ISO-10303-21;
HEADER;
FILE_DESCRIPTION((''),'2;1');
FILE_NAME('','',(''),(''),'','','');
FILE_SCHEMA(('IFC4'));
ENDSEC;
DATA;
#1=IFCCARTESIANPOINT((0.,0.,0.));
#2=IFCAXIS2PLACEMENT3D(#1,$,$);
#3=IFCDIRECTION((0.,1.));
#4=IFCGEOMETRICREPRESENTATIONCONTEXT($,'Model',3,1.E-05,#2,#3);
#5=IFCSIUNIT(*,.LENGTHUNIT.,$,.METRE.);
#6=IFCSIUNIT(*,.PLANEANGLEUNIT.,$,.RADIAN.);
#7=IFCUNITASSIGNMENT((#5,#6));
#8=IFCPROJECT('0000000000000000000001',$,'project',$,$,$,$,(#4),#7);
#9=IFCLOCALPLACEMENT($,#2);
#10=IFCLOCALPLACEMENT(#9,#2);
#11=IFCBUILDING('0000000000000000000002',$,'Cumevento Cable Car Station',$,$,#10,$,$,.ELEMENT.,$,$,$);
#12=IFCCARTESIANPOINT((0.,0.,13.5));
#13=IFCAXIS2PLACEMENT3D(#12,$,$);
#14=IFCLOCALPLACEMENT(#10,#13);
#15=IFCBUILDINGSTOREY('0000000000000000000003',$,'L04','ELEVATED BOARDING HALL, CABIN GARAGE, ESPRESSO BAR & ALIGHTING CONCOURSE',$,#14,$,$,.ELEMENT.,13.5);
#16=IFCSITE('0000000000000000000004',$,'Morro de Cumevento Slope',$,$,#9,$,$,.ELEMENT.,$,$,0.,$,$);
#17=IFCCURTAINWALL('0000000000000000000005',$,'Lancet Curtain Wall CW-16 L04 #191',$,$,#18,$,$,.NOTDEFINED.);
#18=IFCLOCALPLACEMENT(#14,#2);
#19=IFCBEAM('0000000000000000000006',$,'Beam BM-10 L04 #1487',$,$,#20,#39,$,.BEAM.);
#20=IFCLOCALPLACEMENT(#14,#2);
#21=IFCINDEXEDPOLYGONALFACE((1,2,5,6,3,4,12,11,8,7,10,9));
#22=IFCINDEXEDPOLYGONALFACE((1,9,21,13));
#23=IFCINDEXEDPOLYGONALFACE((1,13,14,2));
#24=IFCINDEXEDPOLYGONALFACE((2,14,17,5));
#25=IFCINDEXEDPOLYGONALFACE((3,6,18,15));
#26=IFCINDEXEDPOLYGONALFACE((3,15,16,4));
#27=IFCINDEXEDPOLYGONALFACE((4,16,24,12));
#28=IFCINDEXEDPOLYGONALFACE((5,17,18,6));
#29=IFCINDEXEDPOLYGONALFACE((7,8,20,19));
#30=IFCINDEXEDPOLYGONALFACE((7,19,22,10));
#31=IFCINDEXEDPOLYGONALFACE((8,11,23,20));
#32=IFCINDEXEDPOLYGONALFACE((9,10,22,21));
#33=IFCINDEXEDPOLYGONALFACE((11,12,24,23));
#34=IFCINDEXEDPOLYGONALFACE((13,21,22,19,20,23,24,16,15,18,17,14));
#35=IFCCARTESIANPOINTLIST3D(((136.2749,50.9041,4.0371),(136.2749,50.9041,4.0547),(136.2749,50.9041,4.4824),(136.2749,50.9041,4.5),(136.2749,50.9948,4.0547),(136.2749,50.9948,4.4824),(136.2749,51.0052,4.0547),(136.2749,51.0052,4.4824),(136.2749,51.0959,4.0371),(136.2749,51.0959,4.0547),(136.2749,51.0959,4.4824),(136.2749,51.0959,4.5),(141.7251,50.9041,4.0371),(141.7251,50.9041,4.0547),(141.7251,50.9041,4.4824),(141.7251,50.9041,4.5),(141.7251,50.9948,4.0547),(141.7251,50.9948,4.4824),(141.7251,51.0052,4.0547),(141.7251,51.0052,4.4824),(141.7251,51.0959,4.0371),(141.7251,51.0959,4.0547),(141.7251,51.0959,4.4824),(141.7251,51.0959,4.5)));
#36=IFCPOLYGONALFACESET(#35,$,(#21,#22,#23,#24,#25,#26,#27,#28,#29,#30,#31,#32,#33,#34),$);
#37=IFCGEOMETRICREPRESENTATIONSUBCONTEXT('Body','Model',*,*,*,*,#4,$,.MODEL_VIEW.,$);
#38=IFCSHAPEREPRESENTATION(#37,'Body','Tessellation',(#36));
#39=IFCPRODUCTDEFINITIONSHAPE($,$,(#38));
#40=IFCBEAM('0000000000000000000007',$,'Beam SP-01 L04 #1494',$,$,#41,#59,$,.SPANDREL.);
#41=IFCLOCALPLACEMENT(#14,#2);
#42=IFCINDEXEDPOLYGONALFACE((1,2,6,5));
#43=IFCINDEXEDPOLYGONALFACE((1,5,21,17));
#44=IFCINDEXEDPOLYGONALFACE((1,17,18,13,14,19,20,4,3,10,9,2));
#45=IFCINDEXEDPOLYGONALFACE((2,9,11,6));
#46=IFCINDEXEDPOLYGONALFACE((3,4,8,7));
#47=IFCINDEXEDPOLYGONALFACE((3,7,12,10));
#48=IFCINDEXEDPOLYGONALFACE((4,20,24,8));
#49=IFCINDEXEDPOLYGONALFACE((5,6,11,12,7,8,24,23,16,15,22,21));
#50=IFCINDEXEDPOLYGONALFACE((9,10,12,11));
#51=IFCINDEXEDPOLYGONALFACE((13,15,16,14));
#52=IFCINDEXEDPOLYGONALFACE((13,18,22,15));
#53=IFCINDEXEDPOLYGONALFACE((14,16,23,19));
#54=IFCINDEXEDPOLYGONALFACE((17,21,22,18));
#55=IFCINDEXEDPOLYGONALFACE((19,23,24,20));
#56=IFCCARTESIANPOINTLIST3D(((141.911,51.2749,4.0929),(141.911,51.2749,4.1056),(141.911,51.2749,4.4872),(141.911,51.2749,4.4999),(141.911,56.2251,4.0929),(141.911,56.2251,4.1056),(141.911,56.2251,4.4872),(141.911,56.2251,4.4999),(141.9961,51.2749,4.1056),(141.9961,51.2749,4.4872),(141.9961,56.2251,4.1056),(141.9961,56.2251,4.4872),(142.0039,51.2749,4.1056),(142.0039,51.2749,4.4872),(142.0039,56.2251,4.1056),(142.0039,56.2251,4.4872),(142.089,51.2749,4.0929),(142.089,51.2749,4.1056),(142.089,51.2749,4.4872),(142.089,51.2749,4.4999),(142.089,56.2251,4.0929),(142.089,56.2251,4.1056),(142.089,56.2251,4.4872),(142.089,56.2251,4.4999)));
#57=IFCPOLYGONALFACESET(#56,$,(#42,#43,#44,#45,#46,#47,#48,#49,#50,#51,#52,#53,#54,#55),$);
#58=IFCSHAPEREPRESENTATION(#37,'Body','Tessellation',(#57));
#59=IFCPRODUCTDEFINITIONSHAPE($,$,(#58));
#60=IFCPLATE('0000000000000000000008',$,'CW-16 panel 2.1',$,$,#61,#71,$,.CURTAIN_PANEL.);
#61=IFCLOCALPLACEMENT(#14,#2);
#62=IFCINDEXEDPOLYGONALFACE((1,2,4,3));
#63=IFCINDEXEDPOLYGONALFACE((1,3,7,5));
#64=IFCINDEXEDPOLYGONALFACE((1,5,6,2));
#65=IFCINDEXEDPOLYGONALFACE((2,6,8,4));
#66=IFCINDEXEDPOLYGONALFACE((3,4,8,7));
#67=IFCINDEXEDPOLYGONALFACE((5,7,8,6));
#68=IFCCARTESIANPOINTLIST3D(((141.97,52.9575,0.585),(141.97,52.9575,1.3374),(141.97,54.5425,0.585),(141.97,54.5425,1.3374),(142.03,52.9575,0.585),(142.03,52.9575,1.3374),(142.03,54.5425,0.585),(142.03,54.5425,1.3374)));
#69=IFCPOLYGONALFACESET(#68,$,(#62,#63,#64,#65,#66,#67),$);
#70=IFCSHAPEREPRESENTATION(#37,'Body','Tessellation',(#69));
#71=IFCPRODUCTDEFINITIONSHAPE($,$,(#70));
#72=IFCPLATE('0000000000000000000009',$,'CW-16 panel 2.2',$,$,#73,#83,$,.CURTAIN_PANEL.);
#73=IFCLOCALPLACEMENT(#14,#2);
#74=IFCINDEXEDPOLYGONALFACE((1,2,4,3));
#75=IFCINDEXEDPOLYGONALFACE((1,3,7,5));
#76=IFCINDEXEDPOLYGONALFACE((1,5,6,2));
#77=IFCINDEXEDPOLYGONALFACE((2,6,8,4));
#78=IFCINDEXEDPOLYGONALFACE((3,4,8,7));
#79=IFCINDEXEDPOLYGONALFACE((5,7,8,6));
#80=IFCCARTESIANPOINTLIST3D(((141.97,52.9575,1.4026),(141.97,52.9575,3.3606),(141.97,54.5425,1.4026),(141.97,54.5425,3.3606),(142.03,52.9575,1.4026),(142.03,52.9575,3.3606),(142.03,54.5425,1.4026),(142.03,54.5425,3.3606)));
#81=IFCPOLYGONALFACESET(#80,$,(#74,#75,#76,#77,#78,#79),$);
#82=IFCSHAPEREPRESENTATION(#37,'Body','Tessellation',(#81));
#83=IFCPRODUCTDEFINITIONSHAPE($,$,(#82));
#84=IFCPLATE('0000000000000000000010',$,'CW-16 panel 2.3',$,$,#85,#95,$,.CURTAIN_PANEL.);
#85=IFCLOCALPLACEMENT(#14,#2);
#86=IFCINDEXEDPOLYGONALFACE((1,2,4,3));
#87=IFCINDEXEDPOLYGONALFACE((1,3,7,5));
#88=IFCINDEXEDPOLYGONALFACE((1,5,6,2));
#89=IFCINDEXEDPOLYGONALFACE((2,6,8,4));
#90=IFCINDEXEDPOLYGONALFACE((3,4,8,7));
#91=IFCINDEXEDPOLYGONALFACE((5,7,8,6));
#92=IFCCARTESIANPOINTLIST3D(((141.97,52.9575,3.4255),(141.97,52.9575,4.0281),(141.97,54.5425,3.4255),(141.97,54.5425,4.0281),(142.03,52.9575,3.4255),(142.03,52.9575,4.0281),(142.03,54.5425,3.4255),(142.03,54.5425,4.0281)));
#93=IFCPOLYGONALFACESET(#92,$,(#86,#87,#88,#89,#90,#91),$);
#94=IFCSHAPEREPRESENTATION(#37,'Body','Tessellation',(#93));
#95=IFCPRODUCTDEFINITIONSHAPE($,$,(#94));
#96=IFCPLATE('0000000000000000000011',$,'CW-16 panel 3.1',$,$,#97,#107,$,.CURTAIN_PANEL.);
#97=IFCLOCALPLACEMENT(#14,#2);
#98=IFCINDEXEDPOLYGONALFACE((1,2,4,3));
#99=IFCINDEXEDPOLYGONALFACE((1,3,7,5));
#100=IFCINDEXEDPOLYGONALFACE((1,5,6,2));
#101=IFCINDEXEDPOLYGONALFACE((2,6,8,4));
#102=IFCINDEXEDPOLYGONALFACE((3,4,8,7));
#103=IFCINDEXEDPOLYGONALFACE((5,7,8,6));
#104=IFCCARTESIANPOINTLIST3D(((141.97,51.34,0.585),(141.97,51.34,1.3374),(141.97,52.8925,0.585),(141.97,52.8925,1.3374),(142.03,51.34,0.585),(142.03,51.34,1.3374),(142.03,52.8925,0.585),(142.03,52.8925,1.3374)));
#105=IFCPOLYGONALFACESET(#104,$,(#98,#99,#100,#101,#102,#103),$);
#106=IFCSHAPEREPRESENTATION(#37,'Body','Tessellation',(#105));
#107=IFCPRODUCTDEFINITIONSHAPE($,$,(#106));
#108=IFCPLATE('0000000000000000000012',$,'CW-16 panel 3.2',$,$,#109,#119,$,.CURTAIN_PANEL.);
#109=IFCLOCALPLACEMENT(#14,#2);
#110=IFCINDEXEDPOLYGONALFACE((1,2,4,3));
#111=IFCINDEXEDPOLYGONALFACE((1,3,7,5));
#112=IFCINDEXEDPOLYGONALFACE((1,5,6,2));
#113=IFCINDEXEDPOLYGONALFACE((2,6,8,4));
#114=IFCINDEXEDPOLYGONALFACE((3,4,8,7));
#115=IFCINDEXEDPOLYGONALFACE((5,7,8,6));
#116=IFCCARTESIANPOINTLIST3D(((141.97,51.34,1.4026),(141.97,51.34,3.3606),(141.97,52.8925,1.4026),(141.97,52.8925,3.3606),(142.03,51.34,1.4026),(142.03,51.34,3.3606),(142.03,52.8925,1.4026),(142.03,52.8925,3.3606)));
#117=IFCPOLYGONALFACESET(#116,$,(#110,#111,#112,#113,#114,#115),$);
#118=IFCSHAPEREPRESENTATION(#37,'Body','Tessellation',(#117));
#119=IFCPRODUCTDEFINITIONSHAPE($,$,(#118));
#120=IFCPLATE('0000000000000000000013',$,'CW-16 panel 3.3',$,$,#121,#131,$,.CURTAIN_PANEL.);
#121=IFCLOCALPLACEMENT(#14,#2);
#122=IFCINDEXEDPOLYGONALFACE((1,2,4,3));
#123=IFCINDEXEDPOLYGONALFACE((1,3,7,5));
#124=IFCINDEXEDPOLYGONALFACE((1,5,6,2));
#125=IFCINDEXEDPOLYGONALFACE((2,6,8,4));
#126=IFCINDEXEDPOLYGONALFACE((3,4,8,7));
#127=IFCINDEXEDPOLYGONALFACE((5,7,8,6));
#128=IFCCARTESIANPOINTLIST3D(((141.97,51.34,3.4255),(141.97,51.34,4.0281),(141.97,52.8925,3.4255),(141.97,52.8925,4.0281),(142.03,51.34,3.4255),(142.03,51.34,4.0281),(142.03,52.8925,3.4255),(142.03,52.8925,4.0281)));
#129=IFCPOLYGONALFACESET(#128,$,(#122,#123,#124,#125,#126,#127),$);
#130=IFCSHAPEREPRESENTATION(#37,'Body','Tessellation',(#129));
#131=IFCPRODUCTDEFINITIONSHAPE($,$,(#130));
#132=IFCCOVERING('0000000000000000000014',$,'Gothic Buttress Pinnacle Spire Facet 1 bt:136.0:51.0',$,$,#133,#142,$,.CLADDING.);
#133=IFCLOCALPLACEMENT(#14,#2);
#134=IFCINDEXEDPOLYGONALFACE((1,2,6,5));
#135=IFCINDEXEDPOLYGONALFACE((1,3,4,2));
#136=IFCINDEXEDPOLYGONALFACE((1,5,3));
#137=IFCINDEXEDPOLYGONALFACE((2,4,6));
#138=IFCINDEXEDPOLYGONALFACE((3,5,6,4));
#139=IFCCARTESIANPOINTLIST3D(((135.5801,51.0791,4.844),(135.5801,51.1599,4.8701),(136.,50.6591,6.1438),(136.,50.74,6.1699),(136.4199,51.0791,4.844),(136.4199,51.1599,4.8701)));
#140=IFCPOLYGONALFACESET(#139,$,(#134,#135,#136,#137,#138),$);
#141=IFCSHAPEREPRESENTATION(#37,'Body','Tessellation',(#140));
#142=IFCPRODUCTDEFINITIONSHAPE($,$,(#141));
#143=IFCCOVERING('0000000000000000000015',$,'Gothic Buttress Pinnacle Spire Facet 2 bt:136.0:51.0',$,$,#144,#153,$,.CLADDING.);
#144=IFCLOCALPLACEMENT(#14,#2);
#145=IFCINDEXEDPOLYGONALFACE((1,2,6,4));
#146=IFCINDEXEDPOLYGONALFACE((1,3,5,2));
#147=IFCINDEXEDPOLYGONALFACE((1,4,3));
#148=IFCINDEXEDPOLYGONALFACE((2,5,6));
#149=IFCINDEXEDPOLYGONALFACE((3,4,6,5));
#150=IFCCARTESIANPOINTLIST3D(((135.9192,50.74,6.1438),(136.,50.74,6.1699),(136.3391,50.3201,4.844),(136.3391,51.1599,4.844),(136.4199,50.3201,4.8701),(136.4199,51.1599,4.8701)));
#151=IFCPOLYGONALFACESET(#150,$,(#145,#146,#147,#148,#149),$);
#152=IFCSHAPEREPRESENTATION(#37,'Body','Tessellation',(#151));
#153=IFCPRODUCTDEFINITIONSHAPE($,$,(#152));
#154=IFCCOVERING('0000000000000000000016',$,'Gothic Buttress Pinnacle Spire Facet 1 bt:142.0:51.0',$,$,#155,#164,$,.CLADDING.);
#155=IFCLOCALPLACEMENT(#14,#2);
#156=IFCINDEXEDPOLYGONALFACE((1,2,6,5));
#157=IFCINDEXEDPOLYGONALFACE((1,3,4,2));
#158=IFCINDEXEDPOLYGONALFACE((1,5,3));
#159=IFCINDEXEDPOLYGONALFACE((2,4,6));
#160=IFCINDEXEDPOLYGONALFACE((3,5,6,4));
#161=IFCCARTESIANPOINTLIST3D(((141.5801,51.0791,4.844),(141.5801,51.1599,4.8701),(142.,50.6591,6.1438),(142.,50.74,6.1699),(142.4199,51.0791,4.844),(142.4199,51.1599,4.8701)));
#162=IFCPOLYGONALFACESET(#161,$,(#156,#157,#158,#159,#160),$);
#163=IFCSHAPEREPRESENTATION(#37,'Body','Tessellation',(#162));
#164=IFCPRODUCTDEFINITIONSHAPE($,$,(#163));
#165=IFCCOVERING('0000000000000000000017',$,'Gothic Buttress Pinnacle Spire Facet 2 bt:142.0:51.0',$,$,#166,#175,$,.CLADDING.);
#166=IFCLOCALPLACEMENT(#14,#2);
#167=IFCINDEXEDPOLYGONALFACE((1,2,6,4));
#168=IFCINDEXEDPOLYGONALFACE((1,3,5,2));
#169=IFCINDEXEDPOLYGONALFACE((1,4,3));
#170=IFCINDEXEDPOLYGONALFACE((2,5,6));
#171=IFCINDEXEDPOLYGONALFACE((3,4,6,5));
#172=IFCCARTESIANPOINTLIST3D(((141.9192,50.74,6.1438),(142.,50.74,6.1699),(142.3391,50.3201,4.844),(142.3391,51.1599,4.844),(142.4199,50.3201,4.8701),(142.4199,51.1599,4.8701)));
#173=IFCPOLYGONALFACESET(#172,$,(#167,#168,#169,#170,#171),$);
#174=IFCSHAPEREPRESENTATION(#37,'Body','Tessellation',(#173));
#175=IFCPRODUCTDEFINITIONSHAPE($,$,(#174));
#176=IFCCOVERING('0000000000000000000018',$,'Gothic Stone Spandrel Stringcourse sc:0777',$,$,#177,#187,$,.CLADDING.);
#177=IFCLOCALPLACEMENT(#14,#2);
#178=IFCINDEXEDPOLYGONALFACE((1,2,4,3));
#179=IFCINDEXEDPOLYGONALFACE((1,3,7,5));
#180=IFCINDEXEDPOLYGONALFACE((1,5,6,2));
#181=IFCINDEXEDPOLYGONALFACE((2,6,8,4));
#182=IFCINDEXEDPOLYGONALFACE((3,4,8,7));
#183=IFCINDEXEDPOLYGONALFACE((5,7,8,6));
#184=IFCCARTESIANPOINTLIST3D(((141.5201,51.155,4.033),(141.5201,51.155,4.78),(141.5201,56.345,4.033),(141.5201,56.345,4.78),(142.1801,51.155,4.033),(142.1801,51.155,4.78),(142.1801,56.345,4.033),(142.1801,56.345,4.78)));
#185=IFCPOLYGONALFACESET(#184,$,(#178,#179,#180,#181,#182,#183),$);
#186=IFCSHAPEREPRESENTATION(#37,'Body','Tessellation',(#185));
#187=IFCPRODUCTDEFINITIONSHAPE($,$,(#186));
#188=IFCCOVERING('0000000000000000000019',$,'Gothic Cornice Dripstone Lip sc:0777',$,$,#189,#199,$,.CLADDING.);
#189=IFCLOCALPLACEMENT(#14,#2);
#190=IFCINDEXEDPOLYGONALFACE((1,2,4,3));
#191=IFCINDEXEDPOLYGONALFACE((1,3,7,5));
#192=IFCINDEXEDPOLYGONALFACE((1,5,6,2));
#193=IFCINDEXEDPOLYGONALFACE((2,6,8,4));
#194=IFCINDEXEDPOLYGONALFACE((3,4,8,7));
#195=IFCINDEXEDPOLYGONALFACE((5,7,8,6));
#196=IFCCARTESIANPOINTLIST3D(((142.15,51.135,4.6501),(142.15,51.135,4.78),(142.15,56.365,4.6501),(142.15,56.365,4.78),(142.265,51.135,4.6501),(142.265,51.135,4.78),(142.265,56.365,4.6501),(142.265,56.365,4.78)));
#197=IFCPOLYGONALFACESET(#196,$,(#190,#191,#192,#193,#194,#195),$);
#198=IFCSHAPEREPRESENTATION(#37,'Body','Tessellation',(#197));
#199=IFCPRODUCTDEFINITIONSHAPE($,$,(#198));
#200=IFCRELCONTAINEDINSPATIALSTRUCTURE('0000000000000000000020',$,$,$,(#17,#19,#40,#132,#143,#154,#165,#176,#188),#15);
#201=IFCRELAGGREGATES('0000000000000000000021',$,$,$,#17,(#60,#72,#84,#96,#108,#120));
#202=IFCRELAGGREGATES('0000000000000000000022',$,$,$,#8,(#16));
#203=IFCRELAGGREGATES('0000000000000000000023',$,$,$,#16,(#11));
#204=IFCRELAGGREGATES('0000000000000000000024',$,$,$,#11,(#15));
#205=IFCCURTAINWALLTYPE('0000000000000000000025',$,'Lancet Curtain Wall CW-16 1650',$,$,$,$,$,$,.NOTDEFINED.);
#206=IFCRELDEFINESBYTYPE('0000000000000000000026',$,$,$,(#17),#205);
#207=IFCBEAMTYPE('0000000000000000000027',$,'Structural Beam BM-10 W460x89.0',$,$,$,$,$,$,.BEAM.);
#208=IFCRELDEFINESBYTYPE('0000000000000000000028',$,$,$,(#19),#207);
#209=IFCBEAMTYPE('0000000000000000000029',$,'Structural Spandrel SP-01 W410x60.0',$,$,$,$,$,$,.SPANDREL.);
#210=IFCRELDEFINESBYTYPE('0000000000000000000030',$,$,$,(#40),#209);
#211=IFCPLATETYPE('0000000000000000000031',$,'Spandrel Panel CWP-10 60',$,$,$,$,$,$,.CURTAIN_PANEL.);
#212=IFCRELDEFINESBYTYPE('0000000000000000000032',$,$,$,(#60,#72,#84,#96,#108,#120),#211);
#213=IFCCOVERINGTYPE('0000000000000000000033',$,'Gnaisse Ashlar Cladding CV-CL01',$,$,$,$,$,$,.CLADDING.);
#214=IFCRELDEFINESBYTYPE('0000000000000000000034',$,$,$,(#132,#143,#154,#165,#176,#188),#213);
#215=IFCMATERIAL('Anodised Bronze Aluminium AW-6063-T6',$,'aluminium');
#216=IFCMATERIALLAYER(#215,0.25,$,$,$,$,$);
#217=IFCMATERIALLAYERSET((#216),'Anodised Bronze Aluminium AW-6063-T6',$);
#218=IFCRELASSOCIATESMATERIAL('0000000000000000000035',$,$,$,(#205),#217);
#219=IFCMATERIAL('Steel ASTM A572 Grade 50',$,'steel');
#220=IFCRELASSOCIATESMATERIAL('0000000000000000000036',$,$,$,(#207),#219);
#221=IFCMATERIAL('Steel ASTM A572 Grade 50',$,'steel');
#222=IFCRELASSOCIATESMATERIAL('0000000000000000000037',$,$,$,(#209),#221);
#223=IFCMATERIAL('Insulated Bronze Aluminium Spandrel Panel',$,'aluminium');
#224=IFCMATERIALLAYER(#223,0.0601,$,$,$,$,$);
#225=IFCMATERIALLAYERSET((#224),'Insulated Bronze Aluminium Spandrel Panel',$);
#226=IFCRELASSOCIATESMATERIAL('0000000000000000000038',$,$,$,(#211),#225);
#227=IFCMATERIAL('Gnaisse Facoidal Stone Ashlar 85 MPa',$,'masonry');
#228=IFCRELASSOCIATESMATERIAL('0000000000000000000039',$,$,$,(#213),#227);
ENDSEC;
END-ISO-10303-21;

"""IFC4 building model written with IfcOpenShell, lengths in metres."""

from ifc_helpers import new_model, si_unit, direction, frame, origin, origin_2d, place, context, subcontext, project, spatial, polyline, rectangle, i_section, outline, extrude, material, layer, layer_set, material_profile, profile_set, type_object, element, aggregate, save


model = new_model("IFC4")

# Units and contexts
model_context = context("Model", 3, precision=1e-05, world=origin(), true_north=direction((0.0, 1.0)))
body_context = subcontext(model_context, "Body", "Model", "MODEL_VIEW")
ifc_project = project(units=[si_unit("LENGTHUNIT", "METRE"), si_unit("PLANEANGLEUNIT", "RADIAN")], contexts=[model_context])

# Site, building, storey
site_placement = place(None, origin())
site = spatial("IfcSite", under=ifc_project, at=site_placement, Name="Morro de Cumevento Slope", CompositionType="ELEMENT", RefElevation=0.0)
building_placement = place(site_placement, origin())
building = spatial("IfcBuilding", under=site, at=building_placement, Name="Cumevento Cable Car Station", CompositionType="ELEMENT")
storey_placement = place(building_placement, frame((0.0, 0.0, 13.5)))
storey = spatial("IfcBuildingStorey", under=building, at=storey_placement, Name="L04", Description="ELEVATED BOARDING HALL, CABIN GARAGE, ESPRESSO BAR & ALIGHTING CONCOURSE", CompositionType="ELEMENT", Elevation=13.5)

# Curtain wall
ifc_material_1 = material(Name="Anodised Bronze Aluminium AW-6063-T6", Category="aluminium")
ifc_layer_1 = layer(ifc_material_1, 0.25)
ifc_layer_set_1 = layer_set([ifc_layer_1], Name="Anodised Bronze Aluminium AW-6063-T6")
curtain_wall_type = type_object("IfcCurtainWallType", Name="Lancet Curtain Wall CW-16 1650", PredefinedType="NOTDEFINED", material=ifc_layer_set_1)
curtain_wall_placement = place(storey_placement, origin())
curtain_wall = element("IfcCurtainWall", 1, at=curtain_wall_placement, inside=storey, type_object=curtain_wall_type, Name="Lancet Curtain Wall CW-16 L04 #191", PredefinedType="NOTDEFINED")

# Beams
ifc_material_2 = material(Name="Steel ASTM A572 Grade 50", Category="steel")
ifc_material_profile_1 = material_profile(ifc_material_2, i_section(OverallWidth=0.1919, OverallDepth=0.4629, WebThickness=0.0105, FlangeThickness=0.0176, at=origin_2d()), Name="W460x89.0")
ifc_profile_set_1 = profile_set([ifc_material_profile_1], Name="Steel ASTM A572 Grade 50")
beam_type_1 = type_object("IfcBeamType", Name="Structural Beam BM-10 W460x89.0", PredefinedType="BEAM", material=ifc_profile_set_1)
beam_1_placement = place(storey_placement, frame((136.2749, 51.0, 4.2686), z_axis=(1.0, 0.0, 0.0), x_axis=(0.0, 1.0, 0.0)))
element("IfcBeam", 2, at=beam_1_placement, inside=storey, type_object=beam_type_1, Name="Beam BM-10 L04 #1487", PredefinedType="BEAM", context=body_context, shape_type="SweptSolid", body=[
    extrude(i_section(OverallWidth=0.1919, OverallDepth=0.4629, WebThickness=0.0105, FlangeThickness=0.0176, at=origin_2d()), origin(), (0.0, 0.0, 1.0), 5.4502),
])
ifc_material_3 = material(Name="Steel ASTM A572 Grade 50", Category="steel")
ifc_material_profile_2 = material_profile(ifc_material_3, i_section(OverallWidth=0.178, OverallDepth=0.407, WebThickness=0.0078, FlangeThickness=0.0127, at=origin_2d()), Name="W410x60.0")
ifc_profile_set_2 = profile_set([ifc_material_profile_2], Name="Steel ASTM A572 Grade 50")
beam_type_2 = type_object("IfcBeamType", Name="Structural Spandrel SP-01 W410x60.0", PredefinedType="SPANDREL", material=ifc_profile_set_2)
beam_2_placement = place(storey_placement, frame((142.0, 51.2749, 4.2964), z_axis=(0.0, 1.0, 0.0), x_axis=(-1.0, 0.0, 0.0)))
element("IfcBeam", 3, at=beam_2_placement, inside=storey, type_object=beam_type_2, Name="Beam SP-01 L04 #1494", PredefinedType="SPANDREL", context=body_context, shape_type="SweptSolid", body=[
    extrude(i_section(OverallWidth=0.178, OverallDepth=0.407, WebThickness=0.0078, FlangeThickness=0.0127, at=origin_2d()), origin(), (0.0, 0.0, 1.0), 4.9502),
])

# Plates
ifc_material_4 = material(Name="Insulated Bronze Aluminium Spandrel Panel", Category="aluminium")
ifc_layer_2 = layer(ifc_material_4, 0.0601)
ifc_layer_set_2 = layer_set([ifc_layer_2], Name="Insulated Bronze Aluminium Spandrel Panel")
plate_type = type_object("IfcPlateType", Name="Spandrel Panel CWP-10 60", PredefinedType="CURTAIN_PANEL", material=ifc_layer_set_2)
plate_1_placement = place(storey_placement, frame((142.0, 53.75, 0.585), z_axis=(0.0, 0.0, 1.0), x_axis=(0.0, -1.0, 0.0)))
plate_1 = element("IfcPlate", 4, at=plate_1_placement, type_object=plate_type, Name="CW-16 panel 2.1", PredefinedType="CURTAIN_PANEL", context=body_context, shape_type="SweptSolid", body=[
    extrude(rectangle(XDim=1.585, YDim=0.0601, at=origin_2d()), origin(), (0.0, 0.0, 1.0), 0.7524),
])
plate_2_placement = place(storey_placement, frame((142.0, 53.75, 1.4026), z_axis=(0.0, 0.0, 1.0), x_axis=(0.0, -1.0, 0.0)))
plate_2 = element("IfcPlate", 5, at=plate_2_placement, type_object=plate_type, Name="CW-16 panel 2.2", PredefinedType="CURTAIN_PANEL", context=body_context, shape_type="SweptSolid", body=[
    extrude(rectangle(XDim=1.585, YDim=0.0601, at=origin_2d()), origin(), (0.0, 0.0, 1.0), 1.958),
])
plate_3_placement = place(storey_placement, frame((142.0, 53.75, 3.4255), z_axis=(0.0, 0.0, 1.0), x_axis=(0.0, -1.0, 0.0)))
plate_3 = element("IfcPlate", 6, at=plate_3_placement, type_object=plate_type, Name="CW-16 panel 2.3", PredefinedType="CURTAIN_PANEL", context=body_context, shape_type="SweptSolid", body=[
    extrude(rectangle(XDim=1.585, YDim=0.0601, at=origin_2d()), origin(), (0.0, 0.0, 1.0), 0.6025),
])
plate_4_placement = place(storey_placement, frame((142.0, 52.1162, 0.585), z_axis=(0.0, 0.0, 1.0), x_axis=(0.0, -1.0, 0.0)))
plate_4 = element("IfcPlate", 7, at=plate_4_placement, type_object=plate_type, Name="CW-16 panel 3.1", PredefinedType="CURTAIN_PANEL", context=body_context, shape_type="SweptSolid", body=[
    extrude(rectangle(XDim=1.5525, YDim=0.0601, at=origin_2d()), origin(), (0.0, 0.0, 1.0), 0.7524),
])
plate_5_placement = place(storey_placement, frame((142.0, 52.1162, 1.4026), z_axis=(0.0, 0.0, 1.0), x_axis=(0.0, -1.0, 0.0)))
plate_5 = element("IfcPlate", 8, at=plate_5_placement, type_object=plate_type, Name="CW-16 panel 3.2", PredefinedType="CURTAIN_PANEL", context=body_context, shape_type="SweptSolid", body=[
    extrude(rectangle(XDim=1.5525, YDim=0.0601, at=origin_2d()), origin(), (0.0, 0.0, 1.0), 1.958),
])
plate_6_placement = place(storey_placement, frame((142.0, 52.1162, 3.4255), z_axis=(0.0, 0.0, 1.0), x_axis=(0.0, -1.0, 0.0)))
plate_6 = element("IfcPlate", 9, at=plate_6_placement, type_object=plate_type, Name="CW-16 panel 3.3", PredefinedType="CURTAIN_PANEL", context=body_context, shape_type="SweptSolid", body=[
    extrude(rectangle(XDim=1.5525, YDim=0.0601, at=origin_2d()), origin(), (0.0, 0.0, 1.0), 0.6025),
])
aggregate(curtain_wall, [plate_1, plate_2, plate_3, plate_4, plate_5, plate_6])

# Coverings
ifc_material_5 = material(Name="Gnaisse Facoidal Stone Ashlar 85 MPa", Category="masonry")
covering_type = type_object("IfcCoveringType", Name="Gnaisse Ashlar Cladding CV-CL01", PredefinedType="CLADDING", material=ifc_material_5)
for number, where, z_axis, x_axis, name in (
    (10, (135.5801, 51.1599, 4.8701), (0.0, 0.951574, 0.307421), (1.0, 0.0, 0.0), "Gothic Buttress Pinnacle Spire Facet 1 bt:136.0:51.0"),
    (11, (136.4199, 51.1599, 4.8701), (0.951574, 0.0, 0.307421), (0.0, -1.0, 0.0), "Gothic Buttress Pinnacle Spire Facet 2 bt:136.0:51.0"),
    (12, (141.5801, 51.1599, 4.8701), (0.0, 0.951574, 0.307421), (1.0, 0.0, 0.0), "Gothic Buttress Pinnacle Spire Facet 1 bt:142.0:51.0"),
    (13, (142.4199, 51.1599, 4.8701), (0.951574, 0.0, 0.307421), (0.0, -1.0, 0.0), "Gothic Buttress Pinnacle Spire Facet 2 bt:142.0:51.0"),
):
    element("IfcCovering", number, at=place(storey_placement, frame(where, z_axis=z_axis, x_axis=x_axis)), inside=storey, type_object=covering_type, Name=name, PredefinedType="CLADDING", context=body_context, shape_type="SweptSolid", body=[
        extrude(outline(polyline([(0.0, 0.0), (0.8398, 0.0), (0.4199, -1.366), (0.0, 0.0)])), origin(), (0.0, 0.0, -1.0), 0.085),
    ])
covering_1_placement = place(storey_placement, frame((141.8501, 53.75, 4.033), z_axis=(0.0, 0.0, 1.0), x_axis=(0.0, -1.0, 0.0)))
element("IfcCovering", 14, at=covering_1_placement, inside=storey, type_object=covering_type, Name="Gothic Stone Spandrel Stringcourse sc:0777", PredefinedType="CLADDING", context=body_context, shape_type="SweptSolid", body=[
    extrude(rectangle(XDim=5.1899, YDim=0.6599, at=origin_2d()), origin(), (0.0, 0.0, 1.0), 0.7471),
])
covering_2_placement = place(storey_placement, frame((142.2075, 53.75, 4.6501), z_axis=(0.0, 0.0, 1.0), x_axis=(0.0, -1.0, 0.0)))
element("IfcCovering", 15, at=covering_2_placement, inside=storey, type_object=covering_type, Name="Gothic Cornice Dripstone Lip sc:0777", PredefinedType="CLADDING", context=body_context, shape_type="SweptSolid", body=[
    extrude(rectangle(XDim=5.23, YDim=0.115, at=origin_2d()), origin(), (0.0, 0.0, 1.0), 0.1299),
])

save(model, "model.ifc")
